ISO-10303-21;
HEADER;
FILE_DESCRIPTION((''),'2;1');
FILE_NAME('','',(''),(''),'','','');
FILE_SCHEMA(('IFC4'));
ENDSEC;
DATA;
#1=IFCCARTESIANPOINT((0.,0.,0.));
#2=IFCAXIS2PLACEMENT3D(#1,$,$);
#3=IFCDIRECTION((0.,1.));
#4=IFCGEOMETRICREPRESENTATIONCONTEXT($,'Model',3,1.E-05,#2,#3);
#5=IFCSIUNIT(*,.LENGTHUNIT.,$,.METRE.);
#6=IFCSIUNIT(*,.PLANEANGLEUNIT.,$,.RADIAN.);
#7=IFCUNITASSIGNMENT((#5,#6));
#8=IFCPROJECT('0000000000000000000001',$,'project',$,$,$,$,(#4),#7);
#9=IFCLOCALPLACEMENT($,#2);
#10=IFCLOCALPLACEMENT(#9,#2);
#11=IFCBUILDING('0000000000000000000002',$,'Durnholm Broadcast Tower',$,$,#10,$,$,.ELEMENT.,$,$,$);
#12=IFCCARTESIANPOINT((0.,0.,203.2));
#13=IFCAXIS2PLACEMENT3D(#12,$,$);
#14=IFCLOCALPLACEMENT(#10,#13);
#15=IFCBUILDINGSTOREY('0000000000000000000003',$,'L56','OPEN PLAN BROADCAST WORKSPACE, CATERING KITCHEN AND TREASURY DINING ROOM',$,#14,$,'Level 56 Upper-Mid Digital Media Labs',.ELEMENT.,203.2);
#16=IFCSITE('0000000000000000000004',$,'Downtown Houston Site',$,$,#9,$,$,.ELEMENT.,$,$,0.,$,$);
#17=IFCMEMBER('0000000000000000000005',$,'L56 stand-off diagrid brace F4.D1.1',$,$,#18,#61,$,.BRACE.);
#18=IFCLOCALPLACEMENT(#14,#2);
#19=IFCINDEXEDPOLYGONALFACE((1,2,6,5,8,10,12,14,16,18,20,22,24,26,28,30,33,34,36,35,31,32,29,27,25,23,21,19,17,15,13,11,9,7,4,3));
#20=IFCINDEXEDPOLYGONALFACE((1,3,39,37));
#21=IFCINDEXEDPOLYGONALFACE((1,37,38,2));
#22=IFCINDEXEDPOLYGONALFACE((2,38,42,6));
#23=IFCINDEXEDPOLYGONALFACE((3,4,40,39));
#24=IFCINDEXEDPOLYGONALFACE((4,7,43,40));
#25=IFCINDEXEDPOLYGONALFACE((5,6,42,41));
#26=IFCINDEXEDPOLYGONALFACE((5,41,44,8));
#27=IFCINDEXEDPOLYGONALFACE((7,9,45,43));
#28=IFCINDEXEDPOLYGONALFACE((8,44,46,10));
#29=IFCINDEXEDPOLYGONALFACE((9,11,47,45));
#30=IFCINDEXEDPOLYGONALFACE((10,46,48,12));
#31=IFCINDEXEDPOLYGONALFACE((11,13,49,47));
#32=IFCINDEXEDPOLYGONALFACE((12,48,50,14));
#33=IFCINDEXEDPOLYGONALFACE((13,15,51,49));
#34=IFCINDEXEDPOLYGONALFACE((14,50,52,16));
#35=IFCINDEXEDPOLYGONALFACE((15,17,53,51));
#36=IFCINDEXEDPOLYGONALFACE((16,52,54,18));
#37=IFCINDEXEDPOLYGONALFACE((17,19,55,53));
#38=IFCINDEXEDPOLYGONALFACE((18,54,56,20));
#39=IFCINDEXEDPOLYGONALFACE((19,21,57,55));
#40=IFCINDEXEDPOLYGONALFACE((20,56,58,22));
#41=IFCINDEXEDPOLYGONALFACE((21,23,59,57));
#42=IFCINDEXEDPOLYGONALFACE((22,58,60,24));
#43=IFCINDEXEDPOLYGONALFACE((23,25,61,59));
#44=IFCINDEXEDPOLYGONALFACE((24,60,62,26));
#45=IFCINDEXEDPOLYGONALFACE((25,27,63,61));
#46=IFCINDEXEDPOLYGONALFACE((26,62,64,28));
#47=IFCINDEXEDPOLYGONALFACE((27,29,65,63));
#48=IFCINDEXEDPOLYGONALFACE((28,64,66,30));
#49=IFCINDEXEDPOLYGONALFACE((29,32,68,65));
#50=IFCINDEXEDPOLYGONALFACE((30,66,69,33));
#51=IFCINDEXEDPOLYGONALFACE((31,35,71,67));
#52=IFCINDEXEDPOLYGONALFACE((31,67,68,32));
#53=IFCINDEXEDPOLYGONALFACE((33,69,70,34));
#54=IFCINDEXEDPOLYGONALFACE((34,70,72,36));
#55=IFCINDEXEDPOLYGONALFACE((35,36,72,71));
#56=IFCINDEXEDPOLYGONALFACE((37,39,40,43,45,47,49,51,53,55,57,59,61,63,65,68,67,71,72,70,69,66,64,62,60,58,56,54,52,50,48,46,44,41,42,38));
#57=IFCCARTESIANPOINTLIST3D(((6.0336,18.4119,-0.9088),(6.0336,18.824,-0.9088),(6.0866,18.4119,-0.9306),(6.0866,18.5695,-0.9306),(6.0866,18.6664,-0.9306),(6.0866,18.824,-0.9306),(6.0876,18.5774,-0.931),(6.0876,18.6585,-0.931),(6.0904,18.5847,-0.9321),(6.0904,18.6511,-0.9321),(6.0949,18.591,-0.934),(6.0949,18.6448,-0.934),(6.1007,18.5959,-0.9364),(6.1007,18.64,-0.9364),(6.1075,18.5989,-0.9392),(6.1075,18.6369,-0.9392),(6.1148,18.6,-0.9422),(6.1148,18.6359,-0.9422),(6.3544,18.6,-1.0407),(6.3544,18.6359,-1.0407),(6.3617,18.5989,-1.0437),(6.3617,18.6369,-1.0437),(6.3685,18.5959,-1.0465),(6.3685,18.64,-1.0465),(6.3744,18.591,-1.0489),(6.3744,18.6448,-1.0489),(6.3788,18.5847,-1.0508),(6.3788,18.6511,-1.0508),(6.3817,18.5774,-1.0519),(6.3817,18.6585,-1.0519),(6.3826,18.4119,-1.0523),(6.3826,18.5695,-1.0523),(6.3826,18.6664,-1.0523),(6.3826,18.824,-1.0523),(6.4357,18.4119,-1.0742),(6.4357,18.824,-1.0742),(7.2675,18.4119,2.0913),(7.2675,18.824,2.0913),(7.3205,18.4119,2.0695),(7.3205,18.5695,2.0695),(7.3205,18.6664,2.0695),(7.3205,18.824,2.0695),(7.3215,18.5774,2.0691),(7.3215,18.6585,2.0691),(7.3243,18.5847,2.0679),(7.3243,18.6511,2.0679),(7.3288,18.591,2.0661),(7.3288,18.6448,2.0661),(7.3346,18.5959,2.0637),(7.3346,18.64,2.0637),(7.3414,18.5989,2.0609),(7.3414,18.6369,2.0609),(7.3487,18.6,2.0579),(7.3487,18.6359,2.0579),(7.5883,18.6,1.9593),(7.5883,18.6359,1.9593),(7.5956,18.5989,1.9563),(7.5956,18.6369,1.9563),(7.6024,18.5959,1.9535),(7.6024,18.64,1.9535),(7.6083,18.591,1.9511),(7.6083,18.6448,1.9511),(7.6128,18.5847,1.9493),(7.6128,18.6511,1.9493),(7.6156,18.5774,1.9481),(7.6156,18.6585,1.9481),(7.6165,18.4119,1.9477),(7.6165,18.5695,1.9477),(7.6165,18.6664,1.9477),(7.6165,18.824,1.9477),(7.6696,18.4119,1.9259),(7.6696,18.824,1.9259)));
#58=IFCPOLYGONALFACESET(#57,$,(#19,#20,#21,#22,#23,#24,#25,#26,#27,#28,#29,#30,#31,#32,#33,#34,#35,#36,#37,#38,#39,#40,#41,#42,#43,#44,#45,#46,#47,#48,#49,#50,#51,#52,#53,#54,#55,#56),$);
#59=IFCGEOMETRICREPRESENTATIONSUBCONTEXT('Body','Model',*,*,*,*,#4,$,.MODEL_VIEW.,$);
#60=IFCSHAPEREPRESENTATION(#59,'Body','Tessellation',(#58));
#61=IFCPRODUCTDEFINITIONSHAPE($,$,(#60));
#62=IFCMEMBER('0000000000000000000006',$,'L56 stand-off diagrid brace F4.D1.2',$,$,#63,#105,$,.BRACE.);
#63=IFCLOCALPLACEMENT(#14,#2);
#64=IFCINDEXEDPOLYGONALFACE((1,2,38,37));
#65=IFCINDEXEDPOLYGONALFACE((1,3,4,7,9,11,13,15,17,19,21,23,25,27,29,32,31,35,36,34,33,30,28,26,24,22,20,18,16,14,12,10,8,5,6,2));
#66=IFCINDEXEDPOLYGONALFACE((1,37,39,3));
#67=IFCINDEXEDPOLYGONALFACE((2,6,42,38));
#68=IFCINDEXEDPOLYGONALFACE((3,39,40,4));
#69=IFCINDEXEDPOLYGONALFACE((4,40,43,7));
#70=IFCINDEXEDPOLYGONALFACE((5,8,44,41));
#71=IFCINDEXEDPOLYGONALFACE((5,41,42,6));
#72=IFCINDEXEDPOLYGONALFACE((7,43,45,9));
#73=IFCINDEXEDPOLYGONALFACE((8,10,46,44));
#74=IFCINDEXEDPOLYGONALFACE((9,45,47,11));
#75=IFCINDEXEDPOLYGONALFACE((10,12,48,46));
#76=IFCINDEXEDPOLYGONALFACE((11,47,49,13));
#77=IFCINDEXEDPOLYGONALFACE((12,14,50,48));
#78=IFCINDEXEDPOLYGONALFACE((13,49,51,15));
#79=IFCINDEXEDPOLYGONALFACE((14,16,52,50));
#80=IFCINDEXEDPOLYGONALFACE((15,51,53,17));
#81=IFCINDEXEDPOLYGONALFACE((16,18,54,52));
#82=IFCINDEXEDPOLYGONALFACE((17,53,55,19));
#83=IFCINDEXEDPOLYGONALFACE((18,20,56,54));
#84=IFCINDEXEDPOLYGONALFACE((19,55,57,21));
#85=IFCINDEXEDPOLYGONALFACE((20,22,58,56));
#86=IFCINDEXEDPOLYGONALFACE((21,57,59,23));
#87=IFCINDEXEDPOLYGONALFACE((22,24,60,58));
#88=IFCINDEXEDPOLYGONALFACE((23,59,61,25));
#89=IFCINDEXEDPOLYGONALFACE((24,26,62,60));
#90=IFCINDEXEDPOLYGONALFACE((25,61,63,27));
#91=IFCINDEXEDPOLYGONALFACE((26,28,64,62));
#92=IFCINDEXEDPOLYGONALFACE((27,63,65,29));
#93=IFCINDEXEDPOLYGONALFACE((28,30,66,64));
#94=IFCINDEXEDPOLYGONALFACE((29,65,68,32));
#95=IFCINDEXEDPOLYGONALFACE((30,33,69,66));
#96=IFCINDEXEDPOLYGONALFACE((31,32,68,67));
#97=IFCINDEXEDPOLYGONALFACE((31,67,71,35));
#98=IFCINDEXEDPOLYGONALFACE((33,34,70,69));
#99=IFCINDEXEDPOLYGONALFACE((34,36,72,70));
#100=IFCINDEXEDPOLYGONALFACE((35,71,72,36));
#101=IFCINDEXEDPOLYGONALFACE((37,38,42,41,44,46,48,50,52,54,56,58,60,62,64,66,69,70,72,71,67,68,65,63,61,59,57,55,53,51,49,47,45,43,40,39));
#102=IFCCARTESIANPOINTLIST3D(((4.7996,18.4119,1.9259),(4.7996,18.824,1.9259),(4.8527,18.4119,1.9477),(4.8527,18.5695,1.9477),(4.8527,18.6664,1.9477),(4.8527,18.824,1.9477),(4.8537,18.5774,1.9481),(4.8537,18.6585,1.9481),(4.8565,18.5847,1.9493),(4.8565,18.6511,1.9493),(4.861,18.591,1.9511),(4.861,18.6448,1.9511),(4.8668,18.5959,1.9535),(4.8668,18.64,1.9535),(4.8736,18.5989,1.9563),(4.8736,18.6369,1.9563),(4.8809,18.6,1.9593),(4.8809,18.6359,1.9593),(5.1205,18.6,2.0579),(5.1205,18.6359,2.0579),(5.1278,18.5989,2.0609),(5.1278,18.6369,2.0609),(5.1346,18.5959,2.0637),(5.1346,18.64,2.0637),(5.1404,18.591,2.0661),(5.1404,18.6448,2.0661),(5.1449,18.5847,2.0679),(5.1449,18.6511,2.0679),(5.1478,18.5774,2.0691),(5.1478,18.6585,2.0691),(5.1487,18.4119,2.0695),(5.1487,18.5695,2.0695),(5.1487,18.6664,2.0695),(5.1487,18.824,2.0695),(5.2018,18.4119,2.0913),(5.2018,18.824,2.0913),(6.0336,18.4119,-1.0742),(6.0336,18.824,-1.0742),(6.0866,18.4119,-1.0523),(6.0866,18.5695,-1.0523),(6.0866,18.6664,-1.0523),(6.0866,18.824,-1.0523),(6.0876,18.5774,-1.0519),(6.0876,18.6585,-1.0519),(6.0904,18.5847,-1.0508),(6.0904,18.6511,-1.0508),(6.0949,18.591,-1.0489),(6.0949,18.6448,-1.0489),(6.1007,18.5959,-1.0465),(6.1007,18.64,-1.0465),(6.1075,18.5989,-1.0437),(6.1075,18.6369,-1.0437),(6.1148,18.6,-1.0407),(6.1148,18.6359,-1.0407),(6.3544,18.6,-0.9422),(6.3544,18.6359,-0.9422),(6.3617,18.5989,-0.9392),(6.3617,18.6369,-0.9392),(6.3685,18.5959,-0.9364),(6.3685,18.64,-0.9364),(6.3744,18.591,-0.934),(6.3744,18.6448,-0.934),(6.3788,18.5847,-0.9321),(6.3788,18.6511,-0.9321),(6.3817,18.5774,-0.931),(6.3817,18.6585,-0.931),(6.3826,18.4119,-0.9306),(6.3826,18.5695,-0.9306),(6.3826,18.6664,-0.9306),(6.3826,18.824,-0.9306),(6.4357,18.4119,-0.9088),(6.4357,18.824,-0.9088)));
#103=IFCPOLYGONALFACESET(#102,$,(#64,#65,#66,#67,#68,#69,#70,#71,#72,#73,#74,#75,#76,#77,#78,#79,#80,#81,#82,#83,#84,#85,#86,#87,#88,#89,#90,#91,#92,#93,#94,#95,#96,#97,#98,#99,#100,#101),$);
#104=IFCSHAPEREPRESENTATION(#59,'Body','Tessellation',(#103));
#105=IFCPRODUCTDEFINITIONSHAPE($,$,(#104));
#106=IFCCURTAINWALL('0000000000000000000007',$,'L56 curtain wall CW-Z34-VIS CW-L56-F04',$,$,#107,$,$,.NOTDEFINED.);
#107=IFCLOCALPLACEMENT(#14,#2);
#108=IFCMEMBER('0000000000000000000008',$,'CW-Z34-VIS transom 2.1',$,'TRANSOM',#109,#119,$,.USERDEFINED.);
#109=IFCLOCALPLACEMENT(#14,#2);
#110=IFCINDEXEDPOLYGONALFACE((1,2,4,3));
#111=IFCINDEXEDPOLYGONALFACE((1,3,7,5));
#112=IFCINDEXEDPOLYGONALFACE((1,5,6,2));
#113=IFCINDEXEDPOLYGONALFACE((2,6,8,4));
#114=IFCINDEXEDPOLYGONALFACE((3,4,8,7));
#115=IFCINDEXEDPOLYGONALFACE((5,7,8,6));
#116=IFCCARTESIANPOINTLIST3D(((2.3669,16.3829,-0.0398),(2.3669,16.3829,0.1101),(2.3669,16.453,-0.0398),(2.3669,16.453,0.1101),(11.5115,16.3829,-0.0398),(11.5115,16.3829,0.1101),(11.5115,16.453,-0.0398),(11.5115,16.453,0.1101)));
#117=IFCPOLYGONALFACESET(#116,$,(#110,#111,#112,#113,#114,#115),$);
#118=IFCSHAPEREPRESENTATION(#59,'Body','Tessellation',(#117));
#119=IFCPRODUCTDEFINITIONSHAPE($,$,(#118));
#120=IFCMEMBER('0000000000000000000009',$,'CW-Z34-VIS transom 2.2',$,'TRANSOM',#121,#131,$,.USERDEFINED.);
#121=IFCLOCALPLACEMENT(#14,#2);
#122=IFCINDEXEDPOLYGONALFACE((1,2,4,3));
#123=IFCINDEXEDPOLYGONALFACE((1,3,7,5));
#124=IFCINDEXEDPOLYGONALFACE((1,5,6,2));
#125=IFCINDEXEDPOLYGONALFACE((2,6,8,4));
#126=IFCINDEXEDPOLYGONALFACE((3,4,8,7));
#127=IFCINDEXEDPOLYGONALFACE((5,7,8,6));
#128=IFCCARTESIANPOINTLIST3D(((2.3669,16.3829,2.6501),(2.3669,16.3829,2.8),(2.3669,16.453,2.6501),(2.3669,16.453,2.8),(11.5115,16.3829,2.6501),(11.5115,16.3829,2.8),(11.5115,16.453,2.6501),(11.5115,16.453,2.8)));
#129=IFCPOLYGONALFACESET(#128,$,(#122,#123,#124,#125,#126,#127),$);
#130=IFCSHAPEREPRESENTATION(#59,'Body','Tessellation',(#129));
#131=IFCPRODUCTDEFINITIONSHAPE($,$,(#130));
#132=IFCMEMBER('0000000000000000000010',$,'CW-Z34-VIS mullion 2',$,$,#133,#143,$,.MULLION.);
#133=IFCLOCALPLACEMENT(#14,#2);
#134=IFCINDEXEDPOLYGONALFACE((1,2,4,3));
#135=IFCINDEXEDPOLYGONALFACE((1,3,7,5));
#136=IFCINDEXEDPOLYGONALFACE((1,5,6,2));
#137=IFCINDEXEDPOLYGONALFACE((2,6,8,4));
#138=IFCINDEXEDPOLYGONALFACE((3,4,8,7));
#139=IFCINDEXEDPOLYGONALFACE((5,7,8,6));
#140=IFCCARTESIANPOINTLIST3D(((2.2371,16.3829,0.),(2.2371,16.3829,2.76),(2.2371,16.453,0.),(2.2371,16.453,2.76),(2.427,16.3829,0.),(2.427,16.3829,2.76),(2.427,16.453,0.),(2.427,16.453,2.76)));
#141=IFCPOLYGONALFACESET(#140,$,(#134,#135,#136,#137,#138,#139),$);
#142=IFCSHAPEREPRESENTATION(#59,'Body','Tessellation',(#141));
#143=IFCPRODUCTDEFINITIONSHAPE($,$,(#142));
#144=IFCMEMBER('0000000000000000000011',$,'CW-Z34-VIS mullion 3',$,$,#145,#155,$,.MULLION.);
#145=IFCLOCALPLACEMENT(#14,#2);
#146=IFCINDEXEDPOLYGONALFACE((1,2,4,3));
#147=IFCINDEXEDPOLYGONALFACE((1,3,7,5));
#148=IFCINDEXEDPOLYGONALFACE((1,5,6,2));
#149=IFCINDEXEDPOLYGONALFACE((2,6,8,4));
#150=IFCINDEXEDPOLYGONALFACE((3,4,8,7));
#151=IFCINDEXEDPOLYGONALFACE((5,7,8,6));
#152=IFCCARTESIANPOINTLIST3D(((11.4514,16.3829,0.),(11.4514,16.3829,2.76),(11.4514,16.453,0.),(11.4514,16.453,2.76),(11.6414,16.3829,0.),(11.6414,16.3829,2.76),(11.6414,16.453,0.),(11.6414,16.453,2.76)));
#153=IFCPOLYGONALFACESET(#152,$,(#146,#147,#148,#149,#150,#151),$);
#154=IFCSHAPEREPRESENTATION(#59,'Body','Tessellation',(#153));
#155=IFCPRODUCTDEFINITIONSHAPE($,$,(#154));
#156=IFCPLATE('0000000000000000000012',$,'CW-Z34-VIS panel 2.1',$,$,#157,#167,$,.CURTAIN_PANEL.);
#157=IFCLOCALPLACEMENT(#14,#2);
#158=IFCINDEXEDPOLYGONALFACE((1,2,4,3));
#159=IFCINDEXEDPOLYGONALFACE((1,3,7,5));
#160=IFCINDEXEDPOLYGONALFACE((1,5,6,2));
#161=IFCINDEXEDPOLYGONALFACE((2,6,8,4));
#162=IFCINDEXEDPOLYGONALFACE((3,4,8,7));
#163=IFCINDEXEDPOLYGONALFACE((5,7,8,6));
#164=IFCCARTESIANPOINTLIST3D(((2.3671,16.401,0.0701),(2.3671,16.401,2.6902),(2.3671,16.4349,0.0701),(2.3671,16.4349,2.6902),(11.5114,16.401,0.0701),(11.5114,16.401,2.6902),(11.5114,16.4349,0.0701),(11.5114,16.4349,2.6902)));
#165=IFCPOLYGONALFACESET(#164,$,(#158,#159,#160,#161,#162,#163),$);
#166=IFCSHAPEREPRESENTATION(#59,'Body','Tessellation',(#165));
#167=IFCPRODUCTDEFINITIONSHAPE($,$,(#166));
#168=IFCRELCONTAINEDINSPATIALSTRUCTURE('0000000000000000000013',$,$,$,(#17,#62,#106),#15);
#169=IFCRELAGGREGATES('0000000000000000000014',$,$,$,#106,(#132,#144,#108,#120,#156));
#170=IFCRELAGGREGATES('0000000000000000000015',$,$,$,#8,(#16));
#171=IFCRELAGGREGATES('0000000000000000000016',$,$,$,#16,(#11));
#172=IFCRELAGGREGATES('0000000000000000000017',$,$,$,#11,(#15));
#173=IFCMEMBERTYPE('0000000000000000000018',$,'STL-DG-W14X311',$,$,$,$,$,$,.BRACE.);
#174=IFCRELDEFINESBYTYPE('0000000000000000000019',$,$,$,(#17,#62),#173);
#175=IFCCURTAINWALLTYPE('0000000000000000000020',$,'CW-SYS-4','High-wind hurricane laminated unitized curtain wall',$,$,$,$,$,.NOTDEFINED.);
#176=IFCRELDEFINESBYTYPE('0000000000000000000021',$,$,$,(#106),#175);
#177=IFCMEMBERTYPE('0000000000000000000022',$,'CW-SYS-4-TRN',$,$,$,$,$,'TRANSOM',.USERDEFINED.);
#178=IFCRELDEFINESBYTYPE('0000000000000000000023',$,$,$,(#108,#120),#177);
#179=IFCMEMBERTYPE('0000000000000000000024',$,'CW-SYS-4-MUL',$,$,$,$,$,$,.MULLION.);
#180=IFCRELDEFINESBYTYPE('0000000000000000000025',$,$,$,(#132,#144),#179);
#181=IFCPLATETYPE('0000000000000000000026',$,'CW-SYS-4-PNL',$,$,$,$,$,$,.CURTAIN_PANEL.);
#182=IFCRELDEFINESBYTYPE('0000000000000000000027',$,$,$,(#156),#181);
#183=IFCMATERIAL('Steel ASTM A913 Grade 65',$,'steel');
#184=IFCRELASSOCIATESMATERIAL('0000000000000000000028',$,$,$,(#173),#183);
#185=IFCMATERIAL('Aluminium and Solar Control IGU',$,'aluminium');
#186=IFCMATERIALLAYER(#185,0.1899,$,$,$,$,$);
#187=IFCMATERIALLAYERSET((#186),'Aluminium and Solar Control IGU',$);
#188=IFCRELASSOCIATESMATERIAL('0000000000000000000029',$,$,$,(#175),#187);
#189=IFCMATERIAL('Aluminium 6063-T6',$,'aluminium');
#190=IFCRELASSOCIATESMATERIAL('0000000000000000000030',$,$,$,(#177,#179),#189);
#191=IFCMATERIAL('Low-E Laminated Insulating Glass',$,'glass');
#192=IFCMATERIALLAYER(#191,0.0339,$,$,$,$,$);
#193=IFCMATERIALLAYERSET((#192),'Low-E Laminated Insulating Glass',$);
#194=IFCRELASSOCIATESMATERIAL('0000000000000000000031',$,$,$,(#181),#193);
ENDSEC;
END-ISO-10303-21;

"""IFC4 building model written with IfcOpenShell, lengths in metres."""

from ifc_helpers import new_model, si_unit, direction, frame, origin, origin_2d, place, context, subcontext, project, spatial, rectangle, i_section, extrude, source, transform, mapped, material, layer, layer_set, material_profile, profile_set, type_object, type_shapes, element, aggregate, save


model = new_model("IFC4")

# Units and contexts
model_context = context("Model", 3, precision=1e-05, world=origin(), true_north=direction((0.0, 1.0)))
body_context = subcontext(model_context, "Body", "Model", "MODEL_VIEW")
ifc_project = project(units=[si_unit("LENGTHUNIT", "METRE"), si_unit("PLANEANGLEUNIT", "RADIAN")], contexts=[model_context])

# Site, building, storey
site_placement = place(None, origin())
site = spatial("IfcSite", under=ifc_project, at=site_placement, Name="Downtown Houston Site", CompositionType="ELEMENT", RefElevation=0.0)
building_placement = place(site_placement, origin())
building = spatial("IfcBuilding", under=site, at=building_placement, Name="Durnholm Broadcast Tower", CompositionType="ELEMENT")
storey_placement = place(building_placement, frame((0.0, 0.0, 203.2)))
storey = spatial("IfcBuildingStorey", under=building, at=storey_placement, Name="L56", Description="OPEN PLAN BROADCAST WORKSPACE, CATERING KITCHEN AND TREASURY DINING ROOM", LongName="Level 56 Upper-Mid Digital Media Labs", CompositionType="ELEMENT", Elevation=203.2)

# Members
ifc_material_1 = material(Name="Steel ASTM A913 Grade 65", Category="steel")
ifc_material_profile_1 = material_profile(ifc_material_1, i_section(OverallWidth=0.4121, OverallDepth=0.4348, WebThickness=0.0359, FlangeThickness=0.0574, FilletRadius=0.0305, at=origin_2d()), Name="W14X311")
ifc_profile_set_1 = profile_set([ifc_material_profile_1], Name="Steel ASTM A913 Grade 65")
member_type_1 = type_object("IfcMemberType", Name="STL-DG-W14X311", PredefinedType="BRACE", material=ifc_profile_set_1)
shared_shape_1 = source(origin(), body_context, "Body", "SweptSolid", [
    extrude(i_section(OverallWidth=0.4121, OverallDepth=0.4348, WebThickness=0.0359, FlangeThickness=0.0574, FilletRadius=0.0305, at=origin_2d()), origin(), (0.0, 0.0, 1.0), 3.2439),
])
type_shapes(member_type_1, [shared_shape_1])
for number, where, z_axis, x_axis, name in (
    (1, (6.2346, 18.6179, -0.9915), (0.380379, 0.0, 0.924831), (0.0, 1.0, 0.0), "L56 stand-off diagrid brace F4.D1.1"),
    (2, (6.2346, 18.6179, -0.9915), (-0.380379, 0.0, 0.924831), (0.0, -1.0, 0.0), "L56 stand-off diagrid brace F4.D1.2"),
):
    element("IfcMember", number, at=place(storey_placement, frame(where, z_axis=z_axis, x_axis=x_axis)), inside=storey, type_object=member_type_1, Name=name, PredefinedType="BRACE", context=body_context, shape_type="MappedRepresentation", body=[
        mapped(shared_shape_1, transform((0.0, 0.0, 0.0), x_axis=(1.0, 0.0, 0.0), y_axis=(0.0, 1.0, 0.0), z_axis=(0.0, 0.0, 1.0), scale=1.0)),
    ])

# Curtain wall, members, plate
ifc_material_2 = material(Name="Aluminium and Solar Control IGU", Category="aluminium")
ifc_layer_1 = layer(ifc_material_2, 0.1899)
ifc_layer_set_1 = layer_set([ifc_layer_1], Name="Aluminium and Solar Control IGU")
curtain_wall_type = type_object("IfcCurtainWallType", Name="CW-SYS-4", Description="High-wind hurricane laminated unitized curtain wall", PredefinedType="NOTDEFINED", material=ifc_layer_set_1)
curtain_wall_placement = place(storey_placement, origin())
curtain_wall = element("IfcCurtainWall", 3, at=curtain_wall_placement, inside=storey, type_object=curtain_wall_type, Name="L56 curtain wall CW-Z34-VIS CW-L56-F04", PredefinedType="NOTDEFINED")
ifc_material_3 = material(Name="Aluminium 6063-T6", Category="aluminium")
ifc_material_profile_2 = material_profile(ifc_material_3, rectangle(XDim=0.0701, YDim=0.1499, at=origin_2d()), Name="CWT70X150")
ifc_profile_set_2 = profile_set([ifc_material_profile_2], Name="Aluminium 6063-T6")
member_type_2 = type_object("IfcMemberType", Name="CW-SYS-4-TRN", ElementType="TRANSOM", PredefinedType="USERDEFINED", material=ifc_profile_set_2)
shared_shape_2 = source(origin(), body_context, "Body", "SweptSolid", [
    extrude(rectangle(XDim=0.0701, YDim=0.1499, at=origin_2d()), origin(), (0.0, 0.0, 1.0), 9.1445),
])
type_shapes(member_type_2, [shared_shape_2])
member_1_placement = place(storey_placement, frame((2.3669, 16.418, 0.0352), z_axis=(1.0, 0.0, 0.0), x_axis=(0.0, 1.0, 0.0)))
member_1 = element("IfcMember", 4, at=member_1_placement, type_object=member_type_2, Name="CW-Z34-VIS transom 2.1", ObjectType="TRANSOM", PredefinedType="USERDEFINED", context=body_context, shape_type="MappedRepresentation", body=[
    mapped(shared_shape_2, transform((0.0, 0.0, 0.0), x_axis=(1.0, 0.0, 0.0), y_axis=(0.0, 1.0, 0.0), z_axis=(0.0, 0.0, 1.0), scale=1.0)),
])
member_2_placement = place(storey_placement, frame((2.3669, 16.418, 2.7251), z_axis=(1.0, 0.0, 0.0), x_axis=(0.0, 1.0, 0.0)))
member_2 = element("IfcMember", 5, at=member_2_placement, type_object=member_type_2, Name="CW-Z34-VIS transom 2.2", ObjectType="TRANSOM", PredefinedType="USERDEFINED", context=body_context, shape_type="MappedRepresentation", body=[
    mapped(shared_shape_2, transform((0.0, 0.0, 0.0), x_axis=(1.0, 0.0, 0.0), y_axis=(0.0, 1.0, 0.0), z_axis=(0.0, 0.0, 1.0), scale=1.0)),
])
ifc_material_profile_3 = material_profile(ifc_material_3, rectangle(XDim=0.0701, YDim=0.1899, at=origin_2d()), Name="CWM70X190")
ifc_profile_set_3 = profile_set([ifc_material_profile_3], Name="Aluminium 6063-T6")
member_type_3 = type_object("IfcMemberType", Name="CW-SYS-4-MUL", PredefinedType="MULLION", material=ifc_profile_set_3)
shared_shape_3 = source(origin(), body_context, "Body", "SweptSolid", [
    extrude(rectangle(XDim=0.0701, YDim=0.1899, at=origin_2d()), origin(), (0.0, 0.0, 1.0), 2.76),
])
type_shapes(member_type_3, [shared_shape_3])
member_3_placement = place(storey_placement, frame((2.332, 16.418, 0.0), z_axis=(0.0, 0.0, 1.0), x_axis=(0.0, 1.0, 0.0)))
member_3 = element("IfcMember", 6, at=member_3_placement, type_object=member_type_3, Name="CW-Z34-VIS mullion 2", PredefinedType="MULLION", context=body_context, shape_type="MappedRepresentation", body=[
    mapped(shared_shape_3, transform((0.0, 0.0, 0.0), x_axis=(1.0, 0.0, 0.0), y_axis=(0.0, 1.0, 0.0), z_axis=(0.0, 0.0, 1.0), scale=1.0)),
])
member_4_placement = place(storey_placement, frame((11.5464, 16.418, 0.0), z_axis=(0.0, 0.0, 1.0), x_axis=(0.0, 1.0, 0.0)))
member_4 = element("IfcMember", 7, at=member_4_placement, type_object=member_type_3, Name="CW-Z34-VIS mullion 3", PredefinedType="MULLION", context=body_context, shape_type="MappedRepresentation", body=[
    mapped(shared_shape_3, transform((0.0, 0.0, 0.0), x_axis=(1.0, 0.0, 0.0), y_axis=(0.0, 1.0, 0.0), z_axis=(0.0, 0.0, 1.0), scale=1.0)),
])
ifc_material_4 = material(Name="Low-E Laminated Insulating Glass", Category="glass")
ifc_layer_2 = layer(ifc_material_4, 0.0339)
ifc_layer_set_2 = layer_set([ifc_layer_2], Name="Low-E Laminated Insulating Glass")
plate_type = type_object("IfcPlateType", Name="CW-SYS-4-PNL", PredefinedType="CURTAIN_PANEL", material=ifc_layer_set_2)
shared_shape_4 = source(origin(), body_context, "Body", "SweptSolid", [
    extrude(rectangle(XDim=9.1443, YDim=0.0339, at=origin_2d()), origin(), (0.0, 0.0, 1.0), 2.6201),
])
type_shapes(plate_type, [shared_shape_4])
plate_placement = place(storey_placement, frame((6.9392, 16.418, 0.0701), z_axis=(0.0, 0.0, 1.0), x_axis=(1.0, 0.0, 0.0)))
plate = element("IfcPlate", 8, at=plate_placement, type_object=plate_type, Name="CW-Z34-VIS panel 2.1", PredefinedType="CURTAIN_PANEL", context=body_context, shape_type="MappedRepresentation", body=[
    mapped(shared_shape_4, transform((0.0, 0.0, 0.0), x_axis=(1.0, 0.0, 0.0), y_axis=(0.0, 1.0, 0.0), z_axis=(0.0, 0.0, 1.0), scale=1.0)),
])
aggregate(curtain_wall, [member_3, member_4, member_1, member_2, plate])

save(model, "model.ifc")
